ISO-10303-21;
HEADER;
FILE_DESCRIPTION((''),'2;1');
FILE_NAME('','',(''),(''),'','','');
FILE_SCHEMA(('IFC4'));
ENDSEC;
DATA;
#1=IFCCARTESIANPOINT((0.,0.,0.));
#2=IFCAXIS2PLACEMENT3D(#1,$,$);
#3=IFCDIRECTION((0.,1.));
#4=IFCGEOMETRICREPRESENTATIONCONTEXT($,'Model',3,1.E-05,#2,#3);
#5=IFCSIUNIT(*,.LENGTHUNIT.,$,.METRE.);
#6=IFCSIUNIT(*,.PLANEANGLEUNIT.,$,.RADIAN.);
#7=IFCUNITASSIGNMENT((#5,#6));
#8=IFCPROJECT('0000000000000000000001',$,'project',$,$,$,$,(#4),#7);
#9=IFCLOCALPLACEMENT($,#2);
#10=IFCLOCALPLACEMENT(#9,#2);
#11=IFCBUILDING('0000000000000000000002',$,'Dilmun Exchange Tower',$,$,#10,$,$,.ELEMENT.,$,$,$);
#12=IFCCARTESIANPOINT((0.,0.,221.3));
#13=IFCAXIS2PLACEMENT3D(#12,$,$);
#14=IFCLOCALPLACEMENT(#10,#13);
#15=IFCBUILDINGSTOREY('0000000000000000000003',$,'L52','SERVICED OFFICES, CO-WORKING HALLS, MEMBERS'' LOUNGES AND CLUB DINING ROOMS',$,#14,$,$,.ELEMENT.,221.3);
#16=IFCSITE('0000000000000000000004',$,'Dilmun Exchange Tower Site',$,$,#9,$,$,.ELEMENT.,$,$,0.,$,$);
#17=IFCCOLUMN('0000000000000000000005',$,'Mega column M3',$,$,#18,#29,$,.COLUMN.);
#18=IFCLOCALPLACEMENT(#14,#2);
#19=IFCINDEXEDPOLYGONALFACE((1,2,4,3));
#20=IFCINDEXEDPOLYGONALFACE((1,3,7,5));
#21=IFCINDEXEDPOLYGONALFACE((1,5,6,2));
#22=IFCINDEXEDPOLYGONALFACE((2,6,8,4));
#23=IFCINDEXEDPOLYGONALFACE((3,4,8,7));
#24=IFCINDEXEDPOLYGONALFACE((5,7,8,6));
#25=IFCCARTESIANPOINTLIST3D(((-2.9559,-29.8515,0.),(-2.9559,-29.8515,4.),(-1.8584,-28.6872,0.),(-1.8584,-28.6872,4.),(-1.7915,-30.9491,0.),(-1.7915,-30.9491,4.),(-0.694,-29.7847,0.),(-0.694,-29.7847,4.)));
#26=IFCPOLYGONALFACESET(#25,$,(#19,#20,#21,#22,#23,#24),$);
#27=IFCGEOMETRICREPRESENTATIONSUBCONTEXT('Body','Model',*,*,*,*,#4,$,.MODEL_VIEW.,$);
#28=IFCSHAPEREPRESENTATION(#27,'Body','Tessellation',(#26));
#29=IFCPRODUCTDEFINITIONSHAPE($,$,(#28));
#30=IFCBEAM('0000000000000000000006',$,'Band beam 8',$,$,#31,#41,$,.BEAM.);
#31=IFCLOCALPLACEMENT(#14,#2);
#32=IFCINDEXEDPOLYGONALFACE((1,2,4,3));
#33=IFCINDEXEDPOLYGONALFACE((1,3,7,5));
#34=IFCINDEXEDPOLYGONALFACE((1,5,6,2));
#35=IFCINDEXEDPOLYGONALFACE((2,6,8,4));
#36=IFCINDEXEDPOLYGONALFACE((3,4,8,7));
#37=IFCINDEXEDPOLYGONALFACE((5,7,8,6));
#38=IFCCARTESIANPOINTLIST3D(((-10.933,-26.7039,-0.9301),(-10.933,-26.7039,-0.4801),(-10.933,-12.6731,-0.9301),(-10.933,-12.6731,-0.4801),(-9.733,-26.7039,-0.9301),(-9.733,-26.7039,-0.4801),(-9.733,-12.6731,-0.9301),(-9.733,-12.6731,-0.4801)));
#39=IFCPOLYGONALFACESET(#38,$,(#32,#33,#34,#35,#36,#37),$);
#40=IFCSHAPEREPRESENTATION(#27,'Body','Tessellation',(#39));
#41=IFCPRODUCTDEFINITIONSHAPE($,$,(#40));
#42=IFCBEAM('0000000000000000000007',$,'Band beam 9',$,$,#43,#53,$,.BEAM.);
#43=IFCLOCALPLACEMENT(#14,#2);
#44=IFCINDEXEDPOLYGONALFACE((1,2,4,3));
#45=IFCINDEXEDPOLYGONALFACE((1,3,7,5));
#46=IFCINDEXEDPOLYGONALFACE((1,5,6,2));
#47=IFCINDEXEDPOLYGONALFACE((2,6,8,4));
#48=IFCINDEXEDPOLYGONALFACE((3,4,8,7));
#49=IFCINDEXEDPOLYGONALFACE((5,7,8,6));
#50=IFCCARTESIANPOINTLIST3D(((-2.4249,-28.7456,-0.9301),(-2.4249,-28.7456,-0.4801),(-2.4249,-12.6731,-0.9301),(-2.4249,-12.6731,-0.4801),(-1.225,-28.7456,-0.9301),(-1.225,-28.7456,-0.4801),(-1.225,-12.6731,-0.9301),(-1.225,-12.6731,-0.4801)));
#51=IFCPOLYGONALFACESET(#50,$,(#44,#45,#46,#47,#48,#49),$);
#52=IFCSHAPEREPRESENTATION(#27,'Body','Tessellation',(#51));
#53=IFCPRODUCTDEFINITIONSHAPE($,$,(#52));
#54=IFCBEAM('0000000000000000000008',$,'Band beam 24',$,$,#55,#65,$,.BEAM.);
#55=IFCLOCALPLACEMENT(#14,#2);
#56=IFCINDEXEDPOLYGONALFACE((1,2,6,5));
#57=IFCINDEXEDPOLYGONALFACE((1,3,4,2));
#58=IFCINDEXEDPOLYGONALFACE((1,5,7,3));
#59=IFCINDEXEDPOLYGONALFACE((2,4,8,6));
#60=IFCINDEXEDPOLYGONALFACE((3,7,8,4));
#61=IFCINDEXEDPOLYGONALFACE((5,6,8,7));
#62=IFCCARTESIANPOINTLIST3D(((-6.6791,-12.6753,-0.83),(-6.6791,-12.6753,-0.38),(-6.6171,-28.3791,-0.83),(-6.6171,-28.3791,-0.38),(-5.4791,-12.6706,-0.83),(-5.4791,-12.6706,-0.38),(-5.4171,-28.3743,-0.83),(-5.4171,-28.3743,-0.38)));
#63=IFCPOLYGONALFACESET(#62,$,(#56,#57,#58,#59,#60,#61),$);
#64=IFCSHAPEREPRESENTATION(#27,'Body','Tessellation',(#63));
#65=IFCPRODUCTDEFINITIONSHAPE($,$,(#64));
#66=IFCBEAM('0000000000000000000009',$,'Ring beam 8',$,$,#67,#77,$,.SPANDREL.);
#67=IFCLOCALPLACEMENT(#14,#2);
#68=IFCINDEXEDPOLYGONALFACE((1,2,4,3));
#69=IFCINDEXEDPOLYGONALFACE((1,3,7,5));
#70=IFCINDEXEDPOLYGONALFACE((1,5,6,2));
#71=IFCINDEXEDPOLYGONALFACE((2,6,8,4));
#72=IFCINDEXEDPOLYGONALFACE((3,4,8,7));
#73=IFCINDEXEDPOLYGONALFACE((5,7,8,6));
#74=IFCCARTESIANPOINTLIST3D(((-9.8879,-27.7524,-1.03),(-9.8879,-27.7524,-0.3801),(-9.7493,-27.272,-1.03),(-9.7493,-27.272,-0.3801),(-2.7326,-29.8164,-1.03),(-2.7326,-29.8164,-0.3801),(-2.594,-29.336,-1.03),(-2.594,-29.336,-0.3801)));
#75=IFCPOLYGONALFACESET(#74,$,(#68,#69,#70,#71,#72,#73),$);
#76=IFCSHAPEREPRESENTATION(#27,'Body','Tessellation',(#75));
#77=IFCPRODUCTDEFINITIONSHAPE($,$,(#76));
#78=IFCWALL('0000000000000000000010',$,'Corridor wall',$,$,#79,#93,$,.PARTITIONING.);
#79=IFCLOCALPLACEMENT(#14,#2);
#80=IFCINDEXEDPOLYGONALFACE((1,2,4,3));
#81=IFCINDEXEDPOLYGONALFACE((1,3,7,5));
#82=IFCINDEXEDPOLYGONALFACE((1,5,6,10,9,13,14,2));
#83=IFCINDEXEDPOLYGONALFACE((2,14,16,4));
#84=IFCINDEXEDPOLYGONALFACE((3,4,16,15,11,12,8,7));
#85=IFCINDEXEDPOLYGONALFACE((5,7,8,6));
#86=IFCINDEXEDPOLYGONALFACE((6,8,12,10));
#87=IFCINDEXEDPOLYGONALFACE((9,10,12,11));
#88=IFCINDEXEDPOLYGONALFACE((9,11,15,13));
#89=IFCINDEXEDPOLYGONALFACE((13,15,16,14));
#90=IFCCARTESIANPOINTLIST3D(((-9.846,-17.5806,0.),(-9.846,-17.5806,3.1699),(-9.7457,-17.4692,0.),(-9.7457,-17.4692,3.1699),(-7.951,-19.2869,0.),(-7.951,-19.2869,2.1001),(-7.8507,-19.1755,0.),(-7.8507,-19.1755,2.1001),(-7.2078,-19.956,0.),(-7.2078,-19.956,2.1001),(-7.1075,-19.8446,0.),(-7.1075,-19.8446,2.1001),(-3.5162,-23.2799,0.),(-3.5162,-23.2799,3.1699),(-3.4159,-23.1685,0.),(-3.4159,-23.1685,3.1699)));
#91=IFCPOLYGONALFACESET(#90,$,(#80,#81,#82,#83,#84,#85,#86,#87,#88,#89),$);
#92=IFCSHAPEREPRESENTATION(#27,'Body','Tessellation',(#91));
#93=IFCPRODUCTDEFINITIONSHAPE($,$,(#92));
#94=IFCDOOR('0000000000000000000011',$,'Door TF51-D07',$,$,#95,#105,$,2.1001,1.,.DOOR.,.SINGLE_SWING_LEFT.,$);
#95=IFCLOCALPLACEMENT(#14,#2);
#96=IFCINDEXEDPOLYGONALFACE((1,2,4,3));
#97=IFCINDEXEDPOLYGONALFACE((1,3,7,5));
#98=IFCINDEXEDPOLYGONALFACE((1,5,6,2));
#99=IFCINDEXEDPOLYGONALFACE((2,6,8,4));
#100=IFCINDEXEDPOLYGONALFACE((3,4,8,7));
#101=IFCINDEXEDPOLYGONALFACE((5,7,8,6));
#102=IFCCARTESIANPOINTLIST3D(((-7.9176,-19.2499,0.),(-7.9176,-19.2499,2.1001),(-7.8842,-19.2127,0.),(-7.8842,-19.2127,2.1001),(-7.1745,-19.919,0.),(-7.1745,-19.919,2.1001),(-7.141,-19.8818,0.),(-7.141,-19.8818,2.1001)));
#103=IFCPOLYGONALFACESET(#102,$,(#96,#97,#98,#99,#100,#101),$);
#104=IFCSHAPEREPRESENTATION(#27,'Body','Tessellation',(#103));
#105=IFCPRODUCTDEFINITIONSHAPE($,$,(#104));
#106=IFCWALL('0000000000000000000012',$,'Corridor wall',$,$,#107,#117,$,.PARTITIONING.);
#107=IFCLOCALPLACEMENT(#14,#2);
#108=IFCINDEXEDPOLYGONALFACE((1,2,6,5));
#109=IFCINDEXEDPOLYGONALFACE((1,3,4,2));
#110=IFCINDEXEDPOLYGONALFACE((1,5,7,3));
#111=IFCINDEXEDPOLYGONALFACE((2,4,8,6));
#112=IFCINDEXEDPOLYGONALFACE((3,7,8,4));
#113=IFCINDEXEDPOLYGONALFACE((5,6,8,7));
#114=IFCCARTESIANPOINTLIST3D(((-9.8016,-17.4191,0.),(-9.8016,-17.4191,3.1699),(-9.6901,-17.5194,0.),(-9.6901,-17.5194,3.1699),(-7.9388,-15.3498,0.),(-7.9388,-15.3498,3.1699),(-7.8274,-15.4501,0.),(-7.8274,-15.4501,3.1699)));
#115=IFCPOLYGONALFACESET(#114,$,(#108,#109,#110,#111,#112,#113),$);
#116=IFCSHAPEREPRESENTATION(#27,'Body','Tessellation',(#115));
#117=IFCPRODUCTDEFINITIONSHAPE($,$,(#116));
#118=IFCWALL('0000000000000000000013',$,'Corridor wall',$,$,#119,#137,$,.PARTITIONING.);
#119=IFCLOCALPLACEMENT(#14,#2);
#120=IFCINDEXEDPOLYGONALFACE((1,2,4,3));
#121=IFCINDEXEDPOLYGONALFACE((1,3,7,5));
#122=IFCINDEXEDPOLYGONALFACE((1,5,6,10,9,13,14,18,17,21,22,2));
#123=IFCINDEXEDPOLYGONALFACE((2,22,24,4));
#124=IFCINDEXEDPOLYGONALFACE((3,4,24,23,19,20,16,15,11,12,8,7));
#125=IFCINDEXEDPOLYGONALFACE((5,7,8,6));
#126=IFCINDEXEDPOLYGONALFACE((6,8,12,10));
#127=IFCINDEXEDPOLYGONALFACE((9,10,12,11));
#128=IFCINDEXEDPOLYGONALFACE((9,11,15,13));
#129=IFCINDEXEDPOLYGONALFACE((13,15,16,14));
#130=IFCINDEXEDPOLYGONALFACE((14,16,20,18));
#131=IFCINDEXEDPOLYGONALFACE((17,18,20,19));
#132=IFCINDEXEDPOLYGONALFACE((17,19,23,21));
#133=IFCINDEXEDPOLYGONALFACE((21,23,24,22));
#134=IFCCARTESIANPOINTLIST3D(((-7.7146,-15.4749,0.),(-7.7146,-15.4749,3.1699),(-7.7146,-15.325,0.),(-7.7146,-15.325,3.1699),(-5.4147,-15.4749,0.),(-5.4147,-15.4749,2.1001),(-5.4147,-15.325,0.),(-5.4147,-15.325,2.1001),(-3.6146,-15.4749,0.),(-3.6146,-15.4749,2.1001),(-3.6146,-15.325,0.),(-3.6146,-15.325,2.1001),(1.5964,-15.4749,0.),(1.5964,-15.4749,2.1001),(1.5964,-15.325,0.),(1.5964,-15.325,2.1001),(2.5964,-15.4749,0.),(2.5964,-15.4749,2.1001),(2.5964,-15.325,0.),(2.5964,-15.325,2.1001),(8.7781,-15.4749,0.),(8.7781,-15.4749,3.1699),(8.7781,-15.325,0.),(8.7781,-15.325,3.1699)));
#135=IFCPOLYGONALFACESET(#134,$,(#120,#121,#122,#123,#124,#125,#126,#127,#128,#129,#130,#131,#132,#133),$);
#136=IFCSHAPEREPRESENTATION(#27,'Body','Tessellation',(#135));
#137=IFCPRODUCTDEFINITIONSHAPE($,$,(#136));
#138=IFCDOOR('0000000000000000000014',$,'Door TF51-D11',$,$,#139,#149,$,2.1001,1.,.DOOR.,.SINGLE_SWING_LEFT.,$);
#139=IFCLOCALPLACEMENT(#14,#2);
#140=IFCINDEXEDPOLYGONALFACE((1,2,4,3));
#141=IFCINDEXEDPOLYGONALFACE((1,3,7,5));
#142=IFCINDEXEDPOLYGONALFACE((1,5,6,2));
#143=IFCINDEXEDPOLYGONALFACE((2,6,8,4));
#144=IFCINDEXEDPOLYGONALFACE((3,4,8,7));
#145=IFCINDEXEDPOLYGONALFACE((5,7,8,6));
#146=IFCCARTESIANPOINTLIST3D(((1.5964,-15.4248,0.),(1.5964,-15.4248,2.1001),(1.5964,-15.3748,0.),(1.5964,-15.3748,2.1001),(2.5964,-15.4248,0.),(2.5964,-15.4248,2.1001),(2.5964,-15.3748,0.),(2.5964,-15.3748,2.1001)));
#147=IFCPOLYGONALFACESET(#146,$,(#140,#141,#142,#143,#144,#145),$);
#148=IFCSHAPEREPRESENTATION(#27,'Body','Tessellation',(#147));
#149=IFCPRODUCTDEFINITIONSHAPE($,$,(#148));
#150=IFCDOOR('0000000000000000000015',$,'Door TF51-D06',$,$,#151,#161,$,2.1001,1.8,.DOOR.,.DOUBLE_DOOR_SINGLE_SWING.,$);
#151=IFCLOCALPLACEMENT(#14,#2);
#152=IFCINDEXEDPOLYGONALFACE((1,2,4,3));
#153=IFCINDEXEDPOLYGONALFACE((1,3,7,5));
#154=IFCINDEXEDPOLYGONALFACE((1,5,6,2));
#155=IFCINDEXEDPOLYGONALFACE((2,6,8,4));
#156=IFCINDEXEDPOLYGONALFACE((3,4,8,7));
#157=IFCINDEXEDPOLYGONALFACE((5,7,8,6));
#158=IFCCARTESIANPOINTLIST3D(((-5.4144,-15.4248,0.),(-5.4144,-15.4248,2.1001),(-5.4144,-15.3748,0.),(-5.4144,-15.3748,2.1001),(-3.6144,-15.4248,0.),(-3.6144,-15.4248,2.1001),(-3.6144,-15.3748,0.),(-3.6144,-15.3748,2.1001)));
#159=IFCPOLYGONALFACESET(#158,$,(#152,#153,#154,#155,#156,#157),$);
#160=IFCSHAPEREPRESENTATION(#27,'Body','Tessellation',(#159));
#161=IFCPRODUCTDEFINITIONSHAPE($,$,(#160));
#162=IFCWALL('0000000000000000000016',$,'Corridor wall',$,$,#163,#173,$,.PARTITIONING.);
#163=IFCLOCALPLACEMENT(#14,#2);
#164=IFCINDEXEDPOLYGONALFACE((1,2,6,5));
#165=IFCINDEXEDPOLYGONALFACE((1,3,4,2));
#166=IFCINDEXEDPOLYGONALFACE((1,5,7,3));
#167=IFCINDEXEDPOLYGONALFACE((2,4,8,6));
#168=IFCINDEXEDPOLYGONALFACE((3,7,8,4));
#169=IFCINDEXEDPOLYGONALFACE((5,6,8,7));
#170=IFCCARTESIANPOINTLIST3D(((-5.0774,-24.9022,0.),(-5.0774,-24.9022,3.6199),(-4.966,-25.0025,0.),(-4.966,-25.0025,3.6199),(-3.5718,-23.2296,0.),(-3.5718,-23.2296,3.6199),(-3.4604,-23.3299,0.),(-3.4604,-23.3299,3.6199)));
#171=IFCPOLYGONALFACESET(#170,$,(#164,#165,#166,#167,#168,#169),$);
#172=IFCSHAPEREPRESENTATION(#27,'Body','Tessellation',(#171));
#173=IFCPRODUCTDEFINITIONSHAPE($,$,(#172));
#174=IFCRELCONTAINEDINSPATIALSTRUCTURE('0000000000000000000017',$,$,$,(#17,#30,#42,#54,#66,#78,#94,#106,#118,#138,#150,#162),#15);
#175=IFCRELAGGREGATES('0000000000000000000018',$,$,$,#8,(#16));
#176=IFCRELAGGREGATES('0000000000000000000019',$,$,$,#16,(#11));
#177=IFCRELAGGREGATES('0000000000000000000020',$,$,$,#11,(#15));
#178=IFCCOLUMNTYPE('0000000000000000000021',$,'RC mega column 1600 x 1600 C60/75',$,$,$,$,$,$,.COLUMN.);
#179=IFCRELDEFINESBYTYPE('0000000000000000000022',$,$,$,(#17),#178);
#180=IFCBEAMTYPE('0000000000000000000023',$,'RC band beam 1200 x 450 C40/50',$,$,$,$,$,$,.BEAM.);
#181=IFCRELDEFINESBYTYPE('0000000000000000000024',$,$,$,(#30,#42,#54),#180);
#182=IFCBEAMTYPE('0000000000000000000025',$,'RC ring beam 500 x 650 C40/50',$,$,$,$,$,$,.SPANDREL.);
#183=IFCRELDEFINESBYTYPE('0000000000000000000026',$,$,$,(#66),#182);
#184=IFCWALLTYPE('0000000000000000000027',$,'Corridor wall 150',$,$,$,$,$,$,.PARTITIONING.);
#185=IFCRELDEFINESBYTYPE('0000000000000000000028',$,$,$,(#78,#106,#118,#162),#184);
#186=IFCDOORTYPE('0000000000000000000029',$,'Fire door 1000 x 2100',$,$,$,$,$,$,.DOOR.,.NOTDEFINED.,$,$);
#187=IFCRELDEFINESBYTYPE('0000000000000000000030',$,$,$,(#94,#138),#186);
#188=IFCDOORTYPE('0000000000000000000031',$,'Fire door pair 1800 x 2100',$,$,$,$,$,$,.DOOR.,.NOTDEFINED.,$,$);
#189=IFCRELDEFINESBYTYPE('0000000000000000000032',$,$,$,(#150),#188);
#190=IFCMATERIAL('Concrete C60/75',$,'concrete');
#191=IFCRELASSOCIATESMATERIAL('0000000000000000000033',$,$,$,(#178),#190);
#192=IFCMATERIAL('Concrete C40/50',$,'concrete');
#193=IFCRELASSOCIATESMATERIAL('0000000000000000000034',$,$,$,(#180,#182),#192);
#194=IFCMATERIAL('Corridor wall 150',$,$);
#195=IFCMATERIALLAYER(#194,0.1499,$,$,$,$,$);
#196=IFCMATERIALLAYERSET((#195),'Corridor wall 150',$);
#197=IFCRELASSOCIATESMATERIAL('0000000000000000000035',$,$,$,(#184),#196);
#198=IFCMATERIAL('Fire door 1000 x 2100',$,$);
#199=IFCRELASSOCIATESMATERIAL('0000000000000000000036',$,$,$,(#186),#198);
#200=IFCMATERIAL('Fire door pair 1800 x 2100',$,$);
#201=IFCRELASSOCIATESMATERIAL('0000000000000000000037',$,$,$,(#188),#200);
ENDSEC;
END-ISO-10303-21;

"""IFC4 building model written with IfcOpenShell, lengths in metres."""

from ifc_helpers import new_model, si_unit, direction, frame, frame_2d, origin, origin_2d, place, context, subcontext, project, spatial, rectangle, extrude, material, layer, layer_set, material_profile, profile_set, type_object, element, fill, save


model = new_model("IFC4")

# Units and contexts
model_context = context("Model", 3, precision=1e-05, world=origin(), true_north=direction((0.0, 1.0)))
body_context = subcontext(model_context, "Body", "Model", "MODEL_VIEW")
ifc_project = project(units=[si_unit("LENGTHUNIT", "METRE"), si_unit("PLANEANGLEUNIT", "RADIAN")], contexts=[model_context])

# Site, building, storey
site_placement = place(None, origin())
site = spatial("IfcSite", under=ifc_project, at=site_placement, Name="Dilmun Exchange Tower Site", CompositionType="ELEMENT", RefElevation=0.0)
building_placement = place(site_placement, origin())
building = spatial("IfcBuilding", under=site, at=building_placement, Name="Dilmun Exchange Tower", CompositionType="ELEMENT")
storey_placement = place(building_placement, frame((0.0, 0.0, 221.3)))
storey = spatial("IfcBuildingStorey", under=building, at=storey_placement, Name="L52", Description="SERVICED OFFICES, CO-WORKING HALLS, MEMBERS' LOUNGES AND CLUB DINING ROOMS", CompositionType="ELEMENT", Elevation=221.3)

# Column
ifc_material_1 = material(Name="Concrete C60/75", Category="concrete")
ifc_material_profile_1 = material_profile(ifc_material_1, rectangle(XDim=1.6001, YDim=1.6001, at=origin_2d()), Name="1600 x 1600")
ifc_profile_set_1 = profile_set([ifc_material_profile_1], Name="Concrete C60/75")
column_type = type_object("IfcColumnType", Name="RC mega column 1600 x 1600 C60/75", PredefinedType="COLUMN", material=ifc_profile_set_1)
column_placement = place(storey_placement, frame((-1.825, -29.8181, 0.0), z_axis=(0.0, 0.0, 1.0), x_axis=(0.685916, 0.727681, 0.0)))
element("IfcColumn", 1, at=column_placement, inside=storey, type_object=column_type, Name="Mega column M3", PredefinedType="COLUMN", context=body_context, shape_type="SweptSolid", body=[
    extrude(rectangle(XDim=1.6001, YDim=1.6001, at=origin_2d()), origin(), (0.0, 0.0, 1.0), 4.0),
])

# Beams
ifc_material_2 = material(Name="Concrete C40/50", Category="concrete")
ifc_material_profile_2 = material_profile(ifc_material_2, rectangle(XDim=1.2, YDim=0.45, at=origin_2d()), Name="1200 x 450")
ifc_profile_set_2 = profile_set([ifc_material_profile_2], Name="Concrete C40/50")
beam_type_1 = type_object("IfcBeamType", Name="RC band beam 1200 x 450 C40/50", PredefinedType="BEAM", material=ifc_profile_set_2)
beam_1_placement = place(storey_placement, frame((-10.333, -26.7039, -0.7051), z_axis=(0.0, 1.0, 0.0), x_axis=(-1.0, 0.0, 0.0)))
element("IfcBeam", 2, at=beam_1_placement, inside=storey, type_object=beam_type_1, Name="Band beam 8", PredefinedType="BEAM", context=body_context, shape_type="SweptSolid", body=[
    extrude(rectangle(XDim=1.2, YDim=0.45, at=origin_2d()), origin(), (0.0, 0.0, 1.0), 14.0308),
])
beam_2_placement = place(storey_placement, frame((-1.825, -28.7456, -0.7051), z_axis=(0.0, 1.0, 0.0), x_axis=(-1.0, 0.0, 0.0)))
element("IfcBeam", 3, at=beam_2_placement, inside=storey, type_object=beam_type_1, Name="Band beam 9", PredefinedType="BEAM", context=body_context, shape_type="SweptSolid", body=[
    extrude(rectangle(XDim=1.2, YDim=0.45, at=origin_2d()), origin(), (0.0, 0.0, 1.0), 16.0725),
])
beam_3_placement = place(storey_placement, frame((-6.0171, -28.3767, -0.605), z_axis=(-0.003949, 0.999992, 0.0), x_axis=(-0.999992, -0.003949, 0.0)))
element("IfcBeam", 4, at=beam_3_placement, inside=storey, type_object=beam_type_1, Name="Band beam 24", PredefinedType="BEAM", context=body_context, shape_type="SweptSolid", body=[
    extrude(rectangle(XDim=1.2, YDim=0.45, at=origin_2d()), origin(), (0.0, 0.0, 1.0), 15.7039),
])
ifc_material_profile_3 = material_profile(ifc_material_2, rectangle(XDim=0.5, YDim=0.6499, at=origin_2d()), Name="500 x 650")
ifc_profile_set_3 = profile_set([ifc_material_profile_3], Name="Concrete C40/50")
beam_type_2 = type_object("IfcBeamType", Name="RC ring beam 500 x 650 C40/50", PredefinedType="SPANDREL", material=ifc_profile_set_3)
beam_4_placement = place(storey_placement, frame((-9.8186, -27.5122, -0.7051), z_axis=(0.960826, -0.277154, 0.0), x_axis=(0.277154, 0.960826, 0.0)))
element("IfcBeam", 5, at=beam_4_placement, inside=storey, type_object=beam_type_2, Name="Ring beam 8", PredefinedType="SPANDREL", context=body_context, shape_type="SweptSolid", body=[
    extrude(rectangle(XDim=0.5, YDim=0.6499, at=origin_2d()), origin(), (0.0, 0.0, 1.0), 7.447),
])

# Wall, opening, door
ifc_material_3 = material(Name="Corridor wall 150")
ifc_layer_1 = layer(ifc_material_3, 0.1499)
ifc_layer_set_1 = layer_set([ifc_layer_1], Name="Corridor wall 150")
wall_type_1 = type_object("IfcWallType", Name="Corridor wall 150", PredefinedType="PARTITIONING", material=ifc_layer_set_1)
wall_1_placement = place(storey_placement, frame((-9.7959, -17.5249, 0.0), z_axis=(0.0, 0.0, 1.0), x_axis=(0.743156, -0.669118, 0.0)))
wall_1 = element("IfcWall", 6, at=wall_1_placement, inside=storey, type_object=wall_type_1, Name="Corridor wall", PredefinedType="PARTITIONING", context=body_context, shape_type="SweptSolid", body=[
    extrude(rectangle(XDim=8.5176, YDim=0.1499, at=frame_2d((4.2588, 0.0))), origin(), (0.0, 0.0, 1.0), 3.1699),
])
opening_1_placement = place(wall_1_placement, frame((2.55, 0.0, 0.0)))
opening_1 = element("IfcOpeningElement", 7, at=opening_1_placement, cuts=wall_1, PredefinedType="OPENING", context=body_context, shape_type="SweptSolid", body=[
    extrude(rectangle(XDim=1.0, YDim=2.1001, at=frame_2d((0.5, 1.05))), frame((0.0, 0.085, 0.0), z_axis=(0.0, -1.0, 0.0), x_axis=(1.0, 0.0, 0.0)), (0.0, 0.0, 1.0), 0.1699),
])
ifc_material_4 = material(Name="Fire door 1000 x 2100")
door_type_1 = type_object("IfcDoorType", Name="Fire door 1000 x 2100", OperationType="NOTDEFINED", PredefinedType="DOOR", material=ifc_material_4)
door_1_placement = place(opening_1_placement, origin())
door_1 = element("IfcDoor", 8, at=door_1_placement, inside=storey, type_object=door_type_1, Name="Door TF51-D07", OperationType="SINGLE_SWING_LEFT", OverallHeight=2.1001, OverallWidth=1.0, PredefinedType="DOOR", context=body_context, shape_type="SweptSolid", body=[
    extrude(rectangle(XDim=1.0, YDim=2.1001, at=frame_2d((0.5, 1.05))), frame((0.0, 0.0249, 0.0), z_axis=(0.0, -1.0, 0.0), x_axis=(1.0, 0.0, 0.0)), (0.0, 0.0, 1.0), 0.05),
])
fill(opening_1, door_1)

# Wall
wall_2_placement = place(storey_placement, frame((-9.7458, -17.4692, 0.0), z_axis=(0.0, 0.0, 1.0), x_axis=(0.669042, 0.743224, 0.0)))
element("IfcWall", 9, at=wall_2_placement, inside=storey, type_object=wall_type_1, Name="Corridor wall", PredefinedType="PARTITIONING", context=body_context, shape_type="SweptSolid", body=[
    extrude(rectangle(XDim=2.7842, YDim=0.1499, at=frame_2d((1.3921, 0.0))), origin(), (0.0, 0.0, 1.0), 3.1699),
])

# Wall, openings, doors
wall_3_placement = place(storey_placement, frame((-7.7146, -15.3999, 0.0), z_axis=(0.0, 0.0, 1.0), x_axis=(1.0, 0.0, 0.0)))
wall_3 = element("IfcWall", 10, at=wall_3_placement, inside=storey, type_object=wall_type_1, Name="Corridor wall", PredefinedType="PARTITIONING", context=body_context, shape_type="SweptSolid", body=[
    extrude(rectangle(XDim=16.4927, YDim=0.1499, at=frame_2d((8.2463, 0.0))), origin(), (0.0, 0.0, 1.0), 3.1699),
])
opening_2_placement = place(wall_3_placement, frame((2.3, 0.0, 0.0)))
opening_2 = element("IfcOpeningElement", 11, at=opening_2_placement, cuts=wall_3, PredefinedType="OPENING", context=body_context, shape_type="SweptSolid", body=[
    extrude(rectangle(XDim=1.8, YDim=2.1001, at=frame_2d((0.8999, 1.05))), frame((0.0, 0.085, 0.0), z_axis=(0.0, -1.0, 0.0), x_axis=(1.0, 0.0, 0.0)), (0.0, 0.0, 1.0), 0.1699),
])
opening_3_placement = place(wall_3_placement, frame((9.311, 0.0, 0.0)))
opening_3 = element("IfcOpeningElement", 12, at=opening_3_placement, cuts=wall_3, PredefinedType="OPENING", context=body_context, shape_type="SweptSolid", body=[
    extrude(rectangle(XDim=1.0, YDim=2.1001, at=frame_2d((0.5, 1.05))), frame((0.0, 0.085, 0.0), z_axis=(0.0, -1.0, 0.0), x_axis=(1.0, 0.0, 0.0)), (0.0, 0.0, 1.0), 0.1699),
])
door_2_placement = place(opening_3_placement, frame((1.0, 0.0, 0.0), z_axis=(0.0, 0.0, 1.0), x_axis=(-1.0, 0.0, 0.0)))
door_2 = element("IfcDoor", 13, at=door_2_placement, inside=storey, type_object=door_type_1, Name="Door TF51-D11", OperationType="SINGLE_SWING_LEFT", OverallHeight=2.1001, OverallWidth=1.0, PredefinedType="DOOR", context=body_context, shape_type="SweptSolid", body=[
    extrude(rectangle(XDim=1.0, YDim=2.1001, at=frame_2d((0.5, 1.05))), frame((0.0, 0.0249, 0.0), z_axis=(0.0, -1.0, 0.0), x_axis=(1.0, 0.0, 0.0)), (0.0, 0.0, 1.0), 0.05),
])
fill(opening_3, door_2)
ifc_material_5 = material(Name="Fire door pair 1800 x 2100")
door_type_2 = type_object("IfcDoorType", Name="Fire door pair 1800 x 2100", OperationType="NOTDEFINED", PredefinedType="DOOR", material=ifc_material_5)
door_3_placement = place(opening_2_placement, frame((1.8, 0.0, 0.0), z_axis=(0.0, 0.0, 1.0), x_axis=(-1.0, 0.0, 0.0)))
door_3 = element("IfcDoor", 14, at=door_3_placement, inside=storey, type_object=door_type_2, Name="Door TF51-D06", OperationType="DOUBLE_DOOR_SINGLE_SWING", OverallHeight=2.1001, OverallWidth=1.8, PredefinedType="DOOR", context=body_context, shape_type="SweptSolid", body=[
    extrude(rectangle(XDim=1.8, YDim=2.1001, at=frame_2d((0.8999, 1.05))), frame((0.0, 0.0249, 0.0), z_axis=(0.0, -1.0, 0.0), x_axis=(1.0, 0.0, 0.0)), (0.0, 0.0, 1.0), 0.05),
])
fill(opening_2, door_3)

# Wall
wall_4_placement = place(storey_placement, frame((-5.0217, -24.9524, 0.0), z_axis=(0.0, 0.0, 1.0), x_axis=(0.669031, 0.743235, 0.0)))
element("IfcWall", 15, at=wall_4_placement, inside=storey, type_object=wall_type_1, Name="Corridor wall", PredefinedType="PARTITIONING", context=body_context, shape_type="SweptSolid", body=[
    extrude(rectangle(XDim=2.2505, YDim=0.1499, at=frame_2d((1.1252, 0.0))), origin(), (0.0, 0.0, 1.0), 3.6199),
])

save(model, "model.ifc")
